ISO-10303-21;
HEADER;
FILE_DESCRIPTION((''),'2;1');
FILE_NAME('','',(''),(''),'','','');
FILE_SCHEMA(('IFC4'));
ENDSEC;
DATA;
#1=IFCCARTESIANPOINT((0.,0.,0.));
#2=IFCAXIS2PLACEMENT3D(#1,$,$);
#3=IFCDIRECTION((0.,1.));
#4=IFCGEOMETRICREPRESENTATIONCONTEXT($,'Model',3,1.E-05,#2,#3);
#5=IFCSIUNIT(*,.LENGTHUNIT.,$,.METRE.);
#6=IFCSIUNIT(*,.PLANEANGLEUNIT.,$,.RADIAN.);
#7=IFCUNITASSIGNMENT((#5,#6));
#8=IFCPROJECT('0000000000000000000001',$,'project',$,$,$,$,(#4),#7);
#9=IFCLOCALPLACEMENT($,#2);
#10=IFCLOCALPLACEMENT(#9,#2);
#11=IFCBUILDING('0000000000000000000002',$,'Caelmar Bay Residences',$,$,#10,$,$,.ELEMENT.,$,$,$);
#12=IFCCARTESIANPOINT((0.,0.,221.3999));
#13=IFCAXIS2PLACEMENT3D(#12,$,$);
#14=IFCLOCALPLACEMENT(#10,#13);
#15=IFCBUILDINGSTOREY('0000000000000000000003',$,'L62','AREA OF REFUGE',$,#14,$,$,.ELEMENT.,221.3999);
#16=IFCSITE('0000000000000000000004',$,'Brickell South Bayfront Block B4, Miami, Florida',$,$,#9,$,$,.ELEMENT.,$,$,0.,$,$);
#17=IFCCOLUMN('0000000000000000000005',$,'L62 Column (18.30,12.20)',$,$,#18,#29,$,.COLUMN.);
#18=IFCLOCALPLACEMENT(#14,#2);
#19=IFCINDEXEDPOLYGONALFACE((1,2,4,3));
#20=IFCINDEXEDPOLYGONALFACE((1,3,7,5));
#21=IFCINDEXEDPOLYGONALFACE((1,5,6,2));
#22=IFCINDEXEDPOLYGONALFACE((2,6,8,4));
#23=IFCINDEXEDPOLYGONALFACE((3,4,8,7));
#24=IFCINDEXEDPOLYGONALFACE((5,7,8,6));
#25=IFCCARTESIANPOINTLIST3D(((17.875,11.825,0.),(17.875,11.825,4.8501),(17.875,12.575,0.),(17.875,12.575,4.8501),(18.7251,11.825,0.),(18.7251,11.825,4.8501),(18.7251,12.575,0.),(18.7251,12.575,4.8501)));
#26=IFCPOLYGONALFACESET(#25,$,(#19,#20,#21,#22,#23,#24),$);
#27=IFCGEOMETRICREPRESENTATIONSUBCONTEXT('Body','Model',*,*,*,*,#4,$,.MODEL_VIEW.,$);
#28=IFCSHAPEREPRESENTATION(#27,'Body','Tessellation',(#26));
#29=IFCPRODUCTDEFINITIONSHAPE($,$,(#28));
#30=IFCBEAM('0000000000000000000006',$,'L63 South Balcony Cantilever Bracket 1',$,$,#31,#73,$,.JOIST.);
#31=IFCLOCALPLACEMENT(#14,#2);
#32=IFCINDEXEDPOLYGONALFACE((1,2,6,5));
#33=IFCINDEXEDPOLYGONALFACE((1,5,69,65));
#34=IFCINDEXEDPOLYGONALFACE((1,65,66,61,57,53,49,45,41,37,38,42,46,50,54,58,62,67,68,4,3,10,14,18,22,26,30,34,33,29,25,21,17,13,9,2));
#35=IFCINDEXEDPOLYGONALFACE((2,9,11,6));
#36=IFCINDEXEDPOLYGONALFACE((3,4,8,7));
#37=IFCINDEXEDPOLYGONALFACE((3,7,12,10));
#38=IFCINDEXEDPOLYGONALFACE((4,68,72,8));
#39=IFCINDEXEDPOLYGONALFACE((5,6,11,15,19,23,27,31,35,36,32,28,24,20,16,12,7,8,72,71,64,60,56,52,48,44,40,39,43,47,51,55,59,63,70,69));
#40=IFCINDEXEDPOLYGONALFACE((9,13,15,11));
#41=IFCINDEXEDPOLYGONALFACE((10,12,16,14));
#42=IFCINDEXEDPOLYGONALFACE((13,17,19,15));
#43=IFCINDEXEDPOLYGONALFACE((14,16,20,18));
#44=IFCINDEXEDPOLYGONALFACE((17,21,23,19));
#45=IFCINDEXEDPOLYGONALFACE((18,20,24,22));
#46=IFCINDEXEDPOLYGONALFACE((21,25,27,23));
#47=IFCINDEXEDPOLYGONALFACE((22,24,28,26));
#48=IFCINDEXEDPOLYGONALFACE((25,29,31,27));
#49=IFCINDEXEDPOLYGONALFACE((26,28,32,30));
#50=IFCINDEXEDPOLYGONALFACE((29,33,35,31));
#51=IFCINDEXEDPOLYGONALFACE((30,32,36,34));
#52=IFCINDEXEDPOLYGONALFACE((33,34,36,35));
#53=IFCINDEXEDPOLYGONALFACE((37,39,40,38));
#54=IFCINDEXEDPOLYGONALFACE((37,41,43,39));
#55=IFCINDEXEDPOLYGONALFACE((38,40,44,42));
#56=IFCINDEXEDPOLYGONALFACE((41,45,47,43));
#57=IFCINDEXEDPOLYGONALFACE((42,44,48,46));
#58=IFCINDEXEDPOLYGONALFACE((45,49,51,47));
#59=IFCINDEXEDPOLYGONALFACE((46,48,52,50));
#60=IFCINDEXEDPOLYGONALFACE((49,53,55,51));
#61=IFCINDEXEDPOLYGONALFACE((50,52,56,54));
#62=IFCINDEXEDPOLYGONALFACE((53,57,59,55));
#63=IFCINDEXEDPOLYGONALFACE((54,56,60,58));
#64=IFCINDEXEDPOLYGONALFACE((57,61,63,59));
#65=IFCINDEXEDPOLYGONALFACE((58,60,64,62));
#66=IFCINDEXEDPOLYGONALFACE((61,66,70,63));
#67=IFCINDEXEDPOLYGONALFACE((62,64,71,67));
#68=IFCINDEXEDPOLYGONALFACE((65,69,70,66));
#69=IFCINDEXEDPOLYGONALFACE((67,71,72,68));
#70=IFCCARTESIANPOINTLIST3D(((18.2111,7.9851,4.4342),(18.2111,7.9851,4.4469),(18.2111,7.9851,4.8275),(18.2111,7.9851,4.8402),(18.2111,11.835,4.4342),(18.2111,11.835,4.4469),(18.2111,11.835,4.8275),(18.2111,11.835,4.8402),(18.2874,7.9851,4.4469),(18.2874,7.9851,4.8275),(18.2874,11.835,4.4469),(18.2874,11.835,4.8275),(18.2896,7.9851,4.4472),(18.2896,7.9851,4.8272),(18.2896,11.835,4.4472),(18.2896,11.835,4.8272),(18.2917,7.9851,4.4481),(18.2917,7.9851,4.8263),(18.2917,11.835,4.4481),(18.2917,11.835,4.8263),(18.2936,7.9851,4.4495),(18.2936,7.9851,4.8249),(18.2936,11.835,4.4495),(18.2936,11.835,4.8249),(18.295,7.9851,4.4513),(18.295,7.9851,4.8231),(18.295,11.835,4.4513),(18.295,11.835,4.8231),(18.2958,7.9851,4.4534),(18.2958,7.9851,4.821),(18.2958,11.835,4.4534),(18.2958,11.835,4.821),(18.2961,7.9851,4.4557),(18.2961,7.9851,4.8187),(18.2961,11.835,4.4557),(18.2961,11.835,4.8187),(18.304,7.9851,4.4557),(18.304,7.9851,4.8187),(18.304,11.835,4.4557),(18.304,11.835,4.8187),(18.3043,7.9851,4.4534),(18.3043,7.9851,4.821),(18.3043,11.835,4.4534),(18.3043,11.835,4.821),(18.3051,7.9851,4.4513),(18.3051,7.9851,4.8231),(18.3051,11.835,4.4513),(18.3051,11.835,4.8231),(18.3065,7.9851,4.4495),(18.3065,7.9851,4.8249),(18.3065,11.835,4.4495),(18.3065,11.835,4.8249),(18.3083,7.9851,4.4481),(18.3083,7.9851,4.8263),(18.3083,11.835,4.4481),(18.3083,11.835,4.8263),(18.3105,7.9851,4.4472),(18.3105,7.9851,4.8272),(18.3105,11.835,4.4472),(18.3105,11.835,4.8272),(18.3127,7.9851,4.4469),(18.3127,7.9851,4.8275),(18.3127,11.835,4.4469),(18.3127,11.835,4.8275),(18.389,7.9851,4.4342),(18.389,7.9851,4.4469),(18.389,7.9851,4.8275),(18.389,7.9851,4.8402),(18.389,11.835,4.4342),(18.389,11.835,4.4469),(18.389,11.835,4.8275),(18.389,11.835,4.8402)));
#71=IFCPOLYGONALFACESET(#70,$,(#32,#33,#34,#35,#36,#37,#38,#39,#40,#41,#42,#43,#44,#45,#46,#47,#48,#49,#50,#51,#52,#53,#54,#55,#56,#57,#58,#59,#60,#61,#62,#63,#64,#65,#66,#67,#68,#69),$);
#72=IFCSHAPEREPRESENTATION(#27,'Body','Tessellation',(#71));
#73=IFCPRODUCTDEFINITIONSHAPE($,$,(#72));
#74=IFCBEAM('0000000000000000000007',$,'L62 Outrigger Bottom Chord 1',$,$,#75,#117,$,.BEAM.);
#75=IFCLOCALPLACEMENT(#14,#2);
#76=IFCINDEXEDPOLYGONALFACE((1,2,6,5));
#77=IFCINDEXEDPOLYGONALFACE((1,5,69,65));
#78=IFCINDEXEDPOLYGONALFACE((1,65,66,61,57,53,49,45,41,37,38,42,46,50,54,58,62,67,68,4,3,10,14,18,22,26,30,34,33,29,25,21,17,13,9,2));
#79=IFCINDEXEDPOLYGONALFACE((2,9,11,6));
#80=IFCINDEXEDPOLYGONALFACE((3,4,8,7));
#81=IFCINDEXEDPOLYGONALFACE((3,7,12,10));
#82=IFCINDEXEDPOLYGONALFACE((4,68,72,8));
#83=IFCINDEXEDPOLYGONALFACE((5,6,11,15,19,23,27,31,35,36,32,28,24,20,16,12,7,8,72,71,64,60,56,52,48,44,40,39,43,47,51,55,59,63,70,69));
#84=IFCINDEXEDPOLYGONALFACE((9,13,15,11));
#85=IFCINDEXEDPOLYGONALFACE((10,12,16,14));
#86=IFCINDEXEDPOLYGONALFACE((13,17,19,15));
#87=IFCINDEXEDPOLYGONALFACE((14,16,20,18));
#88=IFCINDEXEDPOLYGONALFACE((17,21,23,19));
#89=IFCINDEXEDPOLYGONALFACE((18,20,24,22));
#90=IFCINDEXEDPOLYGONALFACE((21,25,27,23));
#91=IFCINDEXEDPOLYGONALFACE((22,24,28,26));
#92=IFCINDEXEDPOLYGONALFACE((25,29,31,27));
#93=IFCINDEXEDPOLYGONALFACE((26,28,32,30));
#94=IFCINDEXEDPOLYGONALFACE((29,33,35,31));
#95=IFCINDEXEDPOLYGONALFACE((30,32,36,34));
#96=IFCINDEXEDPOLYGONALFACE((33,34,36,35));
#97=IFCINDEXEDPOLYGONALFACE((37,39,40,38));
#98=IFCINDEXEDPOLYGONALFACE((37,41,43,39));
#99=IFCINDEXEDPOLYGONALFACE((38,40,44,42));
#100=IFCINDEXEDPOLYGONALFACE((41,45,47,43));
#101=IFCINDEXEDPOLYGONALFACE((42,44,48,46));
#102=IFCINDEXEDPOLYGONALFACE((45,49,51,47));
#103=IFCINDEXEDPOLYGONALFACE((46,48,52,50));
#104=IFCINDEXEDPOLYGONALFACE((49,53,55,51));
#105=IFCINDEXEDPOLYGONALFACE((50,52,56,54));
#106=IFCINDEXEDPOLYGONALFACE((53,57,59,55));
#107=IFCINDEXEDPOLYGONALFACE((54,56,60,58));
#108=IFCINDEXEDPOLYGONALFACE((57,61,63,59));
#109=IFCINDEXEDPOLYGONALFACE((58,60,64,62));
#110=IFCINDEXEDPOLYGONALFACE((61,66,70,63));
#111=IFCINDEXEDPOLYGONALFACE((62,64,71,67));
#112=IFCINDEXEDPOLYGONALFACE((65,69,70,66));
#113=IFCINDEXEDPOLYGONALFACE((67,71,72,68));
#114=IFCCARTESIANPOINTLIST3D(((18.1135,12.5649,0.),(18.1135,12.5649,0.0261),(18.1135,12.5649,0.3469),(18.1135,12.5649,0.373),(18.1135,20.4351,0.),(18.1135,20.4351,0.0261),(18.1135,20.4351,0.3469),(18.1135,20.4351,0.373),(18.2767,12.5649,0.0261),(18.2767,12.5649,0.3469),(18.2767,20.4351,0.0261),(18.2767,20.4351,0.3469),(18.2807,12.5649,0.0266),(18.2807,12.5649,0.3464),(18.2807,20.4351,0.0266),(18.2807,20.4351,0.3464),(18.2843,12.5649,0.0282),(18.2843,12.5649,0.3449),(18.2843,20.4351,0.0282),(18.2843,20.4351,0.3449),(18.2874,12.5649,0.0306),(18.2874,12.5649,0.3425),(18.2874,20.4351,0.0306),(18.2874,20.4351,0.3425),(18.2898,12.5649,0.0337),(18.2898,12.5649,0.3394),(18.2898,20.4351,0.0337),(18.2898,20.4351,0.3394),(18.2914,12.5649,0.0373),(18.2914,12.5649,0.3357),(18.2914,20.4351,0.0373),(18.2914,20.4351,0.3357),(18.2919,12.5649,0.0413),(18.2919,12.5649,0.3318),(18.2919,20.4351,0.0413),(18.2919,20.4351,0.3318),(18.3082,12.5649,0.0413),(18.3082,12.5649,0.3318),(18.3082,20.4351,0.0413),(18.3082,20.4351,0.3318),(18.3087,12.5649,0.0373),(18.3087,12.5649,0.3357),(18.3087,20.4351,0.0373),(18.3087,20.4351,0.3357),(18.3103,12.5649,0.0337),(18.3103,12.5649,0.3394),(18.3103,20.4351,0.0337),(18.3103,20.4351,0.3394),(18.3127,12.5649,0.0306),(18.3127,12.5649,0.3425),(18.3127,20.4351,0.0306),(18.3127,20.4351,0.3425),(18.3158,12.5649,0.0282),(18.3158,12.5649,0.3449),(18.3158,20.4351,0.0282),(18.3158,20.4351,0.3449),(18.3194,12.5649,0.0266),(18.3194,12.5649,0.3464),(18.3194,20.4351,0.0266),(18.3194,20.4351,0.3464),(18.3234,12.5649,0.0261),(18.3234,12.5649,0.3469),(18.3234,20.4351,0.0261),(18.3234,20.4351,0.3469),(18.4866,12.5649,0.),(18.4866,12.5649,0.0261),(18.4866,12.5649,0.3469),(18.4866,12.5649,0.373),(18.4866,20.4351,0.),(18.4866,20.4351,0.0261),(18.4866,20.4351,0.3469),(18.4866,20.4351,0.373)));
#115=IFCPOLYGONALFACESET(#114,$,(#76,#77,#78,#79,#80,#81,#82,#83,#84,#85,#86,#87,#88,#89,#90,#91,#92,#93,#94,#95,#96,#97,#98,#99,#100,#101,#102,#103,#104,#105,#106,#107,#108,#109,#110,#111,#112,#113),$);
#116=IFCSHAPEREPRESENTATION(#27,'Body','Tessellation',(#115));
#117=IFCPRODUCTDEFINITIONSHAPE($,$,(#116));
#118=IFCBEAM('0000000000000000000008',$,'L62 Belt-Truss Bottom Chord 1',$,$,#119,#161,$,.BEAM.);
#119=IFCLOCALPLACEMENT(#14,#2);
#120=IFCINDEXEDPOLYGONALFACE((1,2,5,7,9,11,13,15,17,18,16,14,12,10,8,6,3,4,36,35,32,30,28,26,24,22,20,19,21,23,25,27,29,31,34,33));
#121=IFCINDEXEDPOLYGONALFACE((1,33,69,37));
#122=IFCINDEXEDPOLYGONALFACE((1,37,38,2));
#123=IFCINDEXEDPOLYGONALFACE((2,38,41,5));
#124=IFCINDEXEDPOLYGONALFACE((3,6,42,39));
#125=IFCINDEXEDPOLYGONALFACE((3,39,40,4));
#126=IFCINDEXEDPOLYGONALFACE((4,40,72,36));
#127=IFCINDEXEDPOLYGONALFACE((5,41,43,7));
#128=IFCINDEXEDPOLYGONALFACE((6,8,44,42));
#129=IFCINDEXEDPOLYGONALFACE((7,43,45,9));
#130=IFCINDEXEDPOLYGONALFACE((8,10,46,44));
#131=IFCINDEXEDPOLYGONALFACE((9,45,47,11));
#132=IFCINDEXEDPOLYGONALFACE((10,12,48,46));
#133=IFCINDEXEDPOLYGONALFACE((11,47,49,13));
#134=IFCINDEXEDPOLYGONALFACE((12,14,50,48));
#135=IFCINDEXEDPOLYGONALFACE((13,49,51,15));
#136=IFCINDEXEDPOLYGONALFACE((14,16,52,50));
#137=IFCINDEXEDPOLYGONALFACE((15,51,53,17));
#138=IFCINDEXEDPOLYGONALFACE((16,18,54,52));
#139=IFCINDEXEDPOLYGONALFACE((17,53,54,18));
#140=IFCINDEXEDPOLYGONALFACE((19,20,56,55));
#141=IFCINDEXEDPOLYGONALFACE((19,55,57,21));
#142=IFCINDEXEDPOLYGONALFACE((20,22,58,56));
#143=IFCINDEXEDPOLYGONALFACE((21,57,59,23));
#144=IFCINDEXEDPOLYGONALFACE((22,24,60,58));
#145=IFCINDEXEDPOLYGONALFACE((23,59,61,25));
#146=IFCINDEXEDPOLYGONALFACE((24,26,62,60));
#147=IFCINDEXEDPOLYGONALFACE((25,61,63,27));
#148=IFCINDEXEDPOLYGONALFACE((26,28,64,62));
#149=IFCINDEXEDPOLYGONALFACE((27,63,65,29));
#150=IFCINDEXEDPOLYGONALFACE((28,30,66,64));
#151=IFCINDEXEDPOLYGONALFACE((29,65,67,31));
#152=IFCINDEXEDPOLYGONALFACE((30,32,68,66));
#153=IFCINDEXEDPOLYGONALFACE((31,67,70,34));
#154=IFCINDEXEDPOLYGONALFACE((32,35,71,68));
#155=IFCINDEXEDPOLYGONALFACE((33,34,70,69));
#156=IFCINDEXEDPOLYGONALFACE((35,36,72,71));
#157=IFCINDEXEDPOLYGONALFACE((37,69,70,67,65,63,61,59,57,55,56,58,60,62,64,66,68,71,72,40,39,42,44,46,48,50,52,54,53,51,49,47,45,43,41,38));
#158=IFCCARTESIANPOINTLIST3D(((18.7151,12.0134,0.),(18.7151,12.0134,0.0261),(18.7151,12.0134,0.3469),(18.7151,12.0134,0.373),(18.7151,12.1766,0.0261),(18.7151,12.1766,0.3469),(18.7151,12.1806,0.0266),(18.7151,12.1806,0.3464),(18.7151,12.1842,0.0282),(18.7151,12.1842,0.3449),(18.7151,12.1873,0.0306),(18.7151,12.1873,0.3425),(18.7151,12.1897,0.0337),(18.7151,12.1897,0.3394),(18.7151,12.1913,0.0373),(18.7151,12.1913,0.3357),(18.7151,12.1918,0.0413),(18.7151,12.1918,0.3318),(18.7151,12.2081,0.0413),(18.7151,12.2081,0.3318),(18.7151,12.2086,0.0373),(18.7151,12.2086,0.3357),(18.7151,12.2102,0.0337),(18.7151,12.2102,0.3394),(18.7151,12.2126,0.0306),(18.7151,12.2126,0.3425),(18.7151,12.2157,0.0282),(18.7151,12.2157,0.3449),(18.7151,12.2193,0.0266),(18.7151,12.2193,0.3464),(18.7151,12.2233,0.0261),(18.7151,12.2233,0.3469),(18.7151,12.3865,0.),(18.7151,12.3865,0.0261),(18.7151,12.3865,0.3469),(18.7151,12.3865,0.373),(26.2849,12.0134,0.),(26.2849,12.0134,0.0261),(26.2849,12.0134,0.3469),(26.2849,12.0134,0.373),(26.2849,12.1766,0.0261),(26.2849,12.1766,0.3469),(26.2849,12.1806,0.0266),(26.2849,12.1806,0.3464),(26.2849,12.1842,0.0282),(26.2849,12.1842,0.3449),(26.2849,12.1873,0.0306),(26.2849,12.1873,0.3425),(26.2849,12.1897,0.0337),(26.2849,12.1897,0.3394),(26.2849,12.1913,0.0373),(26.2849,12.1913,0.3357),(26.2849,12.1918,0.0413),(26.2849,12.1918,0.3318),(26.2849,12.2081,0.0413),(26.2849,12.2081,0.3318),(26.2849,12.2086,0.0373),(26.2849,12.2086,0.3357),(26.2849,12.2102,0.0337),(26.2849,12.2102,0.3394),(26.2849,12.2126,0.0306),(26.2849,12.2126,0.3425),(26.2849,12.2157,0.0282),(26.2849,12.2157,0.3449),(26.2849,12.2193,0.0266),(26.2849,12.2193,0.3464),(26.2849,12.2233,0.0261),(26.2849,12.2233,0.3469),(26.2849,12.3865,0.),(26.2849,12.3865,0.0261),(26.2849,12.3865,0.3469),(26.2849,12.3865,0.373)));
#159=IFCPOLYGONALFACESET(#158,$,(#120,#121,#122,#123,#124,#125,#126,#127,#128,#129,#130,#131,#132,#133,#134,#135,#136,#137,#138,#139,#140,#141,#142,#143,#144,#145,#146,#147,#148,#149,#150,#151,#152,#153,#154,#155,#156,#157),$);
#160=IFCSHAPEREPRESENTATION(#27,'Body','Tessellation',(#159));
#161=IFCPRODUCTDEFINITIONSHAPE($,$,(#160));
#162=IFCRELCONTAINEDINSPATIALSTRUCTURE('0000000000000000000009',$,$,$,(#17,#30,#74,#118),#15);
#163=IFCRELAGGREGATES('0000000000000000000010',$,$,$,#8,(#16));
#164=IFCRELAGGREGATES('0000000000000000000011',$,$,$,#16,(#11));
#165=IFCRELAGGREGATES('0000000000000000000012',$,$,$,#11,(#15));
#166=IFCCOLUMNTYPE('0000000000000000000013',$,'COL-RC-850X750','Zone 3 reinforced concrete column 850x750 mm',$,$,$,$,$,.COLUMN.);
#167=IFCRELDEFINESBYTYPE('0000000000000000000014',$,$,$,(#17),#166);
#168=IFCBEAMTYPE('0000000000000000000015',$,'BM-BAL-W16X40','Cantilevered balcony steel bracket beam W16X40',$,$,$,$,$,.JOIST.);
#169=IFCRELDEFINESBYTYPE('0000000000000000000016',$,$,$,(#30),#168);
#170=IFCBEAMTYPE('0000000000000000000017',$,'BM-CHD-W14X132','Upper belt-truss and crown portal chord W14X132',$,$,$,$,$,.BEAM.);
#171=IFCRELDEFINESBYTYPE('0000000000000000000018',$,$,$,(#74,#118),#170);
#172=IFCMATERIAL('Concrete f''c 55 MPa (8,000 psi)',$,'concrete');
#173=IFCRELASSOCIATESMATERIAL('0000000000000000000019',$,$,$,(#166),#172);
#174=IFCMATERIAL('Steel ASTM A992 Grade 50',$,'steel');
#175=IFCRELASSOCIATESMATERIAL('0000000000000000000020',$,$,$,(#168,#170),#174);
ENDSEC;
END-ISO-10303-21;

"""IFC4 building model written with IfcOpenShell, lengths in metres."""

from ifc_helpers import new_model, si_unit, direction, frame, origin, origin_2d, place, context, subcontext, project, spatial, rectangle, i_section, extrude, material, material_profile, profile_set, type_object, element, save


model = new_model("IFC4")

# Units and contexts
model_context = context("Model", 3, precision=1e-05, world=origin(), true_north=direction((0.0, 1.0)))
body_context = subcontext(model_context, "Body", "Model", "MODEL_VIEW")
ifc_project = project(units=[si_unit("LENGTHUNIT", "METRE"), si_unit("PLANEANGLEUNIT", "RADIAN")], contexts=[model_context])

# Site, building, storey
site_placement = place(None, origin())
site = spatial("IfcSite", under=ifc_project, at=site_placement, Name="Brickell South Bayfront Block B4, Miami, Florida", CompositionType="ELEMENT", RefElevation=0.0)
building_placement = place(site_placement, origin())
building = spatial("IfcBuilding", under=site, at=building_placement, Name="Caelmar Bay Residences", CompositionType="ELEMENT")
storey_placement = place(building_placement, frame((0.0, 0.0, 221.3999)))
storey = spatial("IfcBuildingStorey", under=building, at=storey_placement, Name="L62", Description="AREA OF REFUGE", CompositionType="ELEMENT", Elevation=221.3999)

# Column
ifc_material_1 = material(Name="Concrete f'c 55 MPa (8,000 psi)", Category="concrete")
ifc_material_profile_1 = material_profile(ifc_material_1, rectangle(XDim=0.8501, YDim=0.75, at=origin_2d()), Name="RC-COL-850X750")
ifc_profile_set_1 = profile_set([ifc_material_profile_1], Name="Concrete f'c 55 MPa (8,000 psi)")
column_type = type_object("IfcColumnType", Name="COL-RC-850X750", Description="Zone 3 reinforced concrete column 850x750 mm", PredefinedType="COLUMN", material=ifc_profile_set_1)
column_placement = place(storey_placement, frame((18.3, 12.2, 0.0), z_axis=(0.0, 0.0, 1.0), x_axis=(1.0, 0.0, 0.0)))
element("IfcColumn", 1, at=column_placement, inside=storey, type_object=column_type, Name="L62 Column (18.30,12.20)", PredefinedType="COLUMN", context=body_context, shape_type="SweptSolid", body=[
    extrude(rectangle(XDim=0.8501, YDim=0.75, at=origin_2d()), origin(), (0.0, 0.0, 1.0), 4.8501),
])

# Beams
ifc_material_2 = material(Name="Steel ASTM A992 Grade 50", Category="steel")
ifc_material_profile_2 = material_profile(ifc_material_2, i_section(OverallWidth=0.178, OverallDepth=0.406, WebThickness=0.0078, FlangeThickness=0.0127, FilletRadius=0.0088, at=origin_2d()), Name="W16X40")
ifc_profile_set_2 = profile_set([ifc_material_profile_2], Name="Steel ASTM A992 Grade 50")
beam_type_1 = type_object("IfcBeamType", Name="BM-BAL-W16X40", Description="Cantilevered balcony steel bracket beam W16X40", PredefinedType="JOIST", material=ifc_profile_set_2)
beam_1_placement = place(storey_placement, frame((18.3, 11.835, 4.6372), z_axis=(0.0, -1.0, 0.0), x_axis=(1.0, 0.0, 0.0)))
element("IfcBeam", 2, at=beam_1_placement, inside=storey, type_object=beam_type_1, Name="L63 South Balcony Cantilever Bracket 1", PredefinedType="JOIST", context=body_context, shape_type="SweptSolid", body=[
    extrude(i_section(OverallWidth=0.178, OverallDepth=0.406, WebThickness=0.0078, FlangeThickness=0.0127, FilletRadius=0.0088, at=origin_2d()), origin(), (0.0, 0.0, 1.0), 3.8499),
])
ifc_material_profile_3 = material_profile(ifc_material_2, i_section(OverallWidth=0.373, OverallDepth=0.373, WebThickness=0.0164, FlangeThickness=0.0261, FilletRadius=0.0151, at=origin_2d()), Name="W14X132")
ifc_profile_set_3 = profile_set([ifc_material_profile_3], Name="Steel ASTM A992 Grade 50")
beam_type_2 = type_object("IfcBeamType", Name="BM-CHD-W14X132", Description="Upper belt-truss and crown portal chord W14X132", PredefinedType="BEAM", material=ifc_profile_set_3)
beam_2_placement = place(storey_placement, frame((18.3, 12.5649, 0.1865), z_axis=(0.0, 1.0, 0.0), x_axis=(-1.0, 0.0, 0.0)))
element("IfcBeam", 3, at=beam_2_placement, inside=storey, type_object=beam_type_2, Name="L62 Outrigger Bottom Chord 1", PredefinedType="BEAM", context=body_context, shape_type="SweptSolid", body=[
    extrude(i_section(OverallWidth=0.373, OverallDepth=0.373, WebThickness=0.0164, FlangeThickness=0.0261, FilletRadius=0.0151, at=origin_2d()), origin(), (0.0, 0.0, 1.0), 7.8701),
])
beam_3_placement = place(storey_placement, frame((18.7151, 12.2, 0.1865), z_axis=(1.0, 0.0, 0.0), x_axis=(0.0, 1.0, 0.0)))
element("IfcBeam", 4, at=beam_3_placement, inside=storey, type_object=beam_type_2, Name="L62 Belt-Truss Bottom Chord 1", PredefinedType="BEAM", context=body_context, shape_type="SweptSolid", body=[
    extrude(i_section(OverallWidth=0.373, OverallDepth=0.373, WebThickness=0.0164, FlangeThickness=0.0261, FilletRadius=0.0151, at=origin_2d()), origin(), (0.0, 0.0, 1.0), 7.5698),
])

save(model, "model.ifc")
